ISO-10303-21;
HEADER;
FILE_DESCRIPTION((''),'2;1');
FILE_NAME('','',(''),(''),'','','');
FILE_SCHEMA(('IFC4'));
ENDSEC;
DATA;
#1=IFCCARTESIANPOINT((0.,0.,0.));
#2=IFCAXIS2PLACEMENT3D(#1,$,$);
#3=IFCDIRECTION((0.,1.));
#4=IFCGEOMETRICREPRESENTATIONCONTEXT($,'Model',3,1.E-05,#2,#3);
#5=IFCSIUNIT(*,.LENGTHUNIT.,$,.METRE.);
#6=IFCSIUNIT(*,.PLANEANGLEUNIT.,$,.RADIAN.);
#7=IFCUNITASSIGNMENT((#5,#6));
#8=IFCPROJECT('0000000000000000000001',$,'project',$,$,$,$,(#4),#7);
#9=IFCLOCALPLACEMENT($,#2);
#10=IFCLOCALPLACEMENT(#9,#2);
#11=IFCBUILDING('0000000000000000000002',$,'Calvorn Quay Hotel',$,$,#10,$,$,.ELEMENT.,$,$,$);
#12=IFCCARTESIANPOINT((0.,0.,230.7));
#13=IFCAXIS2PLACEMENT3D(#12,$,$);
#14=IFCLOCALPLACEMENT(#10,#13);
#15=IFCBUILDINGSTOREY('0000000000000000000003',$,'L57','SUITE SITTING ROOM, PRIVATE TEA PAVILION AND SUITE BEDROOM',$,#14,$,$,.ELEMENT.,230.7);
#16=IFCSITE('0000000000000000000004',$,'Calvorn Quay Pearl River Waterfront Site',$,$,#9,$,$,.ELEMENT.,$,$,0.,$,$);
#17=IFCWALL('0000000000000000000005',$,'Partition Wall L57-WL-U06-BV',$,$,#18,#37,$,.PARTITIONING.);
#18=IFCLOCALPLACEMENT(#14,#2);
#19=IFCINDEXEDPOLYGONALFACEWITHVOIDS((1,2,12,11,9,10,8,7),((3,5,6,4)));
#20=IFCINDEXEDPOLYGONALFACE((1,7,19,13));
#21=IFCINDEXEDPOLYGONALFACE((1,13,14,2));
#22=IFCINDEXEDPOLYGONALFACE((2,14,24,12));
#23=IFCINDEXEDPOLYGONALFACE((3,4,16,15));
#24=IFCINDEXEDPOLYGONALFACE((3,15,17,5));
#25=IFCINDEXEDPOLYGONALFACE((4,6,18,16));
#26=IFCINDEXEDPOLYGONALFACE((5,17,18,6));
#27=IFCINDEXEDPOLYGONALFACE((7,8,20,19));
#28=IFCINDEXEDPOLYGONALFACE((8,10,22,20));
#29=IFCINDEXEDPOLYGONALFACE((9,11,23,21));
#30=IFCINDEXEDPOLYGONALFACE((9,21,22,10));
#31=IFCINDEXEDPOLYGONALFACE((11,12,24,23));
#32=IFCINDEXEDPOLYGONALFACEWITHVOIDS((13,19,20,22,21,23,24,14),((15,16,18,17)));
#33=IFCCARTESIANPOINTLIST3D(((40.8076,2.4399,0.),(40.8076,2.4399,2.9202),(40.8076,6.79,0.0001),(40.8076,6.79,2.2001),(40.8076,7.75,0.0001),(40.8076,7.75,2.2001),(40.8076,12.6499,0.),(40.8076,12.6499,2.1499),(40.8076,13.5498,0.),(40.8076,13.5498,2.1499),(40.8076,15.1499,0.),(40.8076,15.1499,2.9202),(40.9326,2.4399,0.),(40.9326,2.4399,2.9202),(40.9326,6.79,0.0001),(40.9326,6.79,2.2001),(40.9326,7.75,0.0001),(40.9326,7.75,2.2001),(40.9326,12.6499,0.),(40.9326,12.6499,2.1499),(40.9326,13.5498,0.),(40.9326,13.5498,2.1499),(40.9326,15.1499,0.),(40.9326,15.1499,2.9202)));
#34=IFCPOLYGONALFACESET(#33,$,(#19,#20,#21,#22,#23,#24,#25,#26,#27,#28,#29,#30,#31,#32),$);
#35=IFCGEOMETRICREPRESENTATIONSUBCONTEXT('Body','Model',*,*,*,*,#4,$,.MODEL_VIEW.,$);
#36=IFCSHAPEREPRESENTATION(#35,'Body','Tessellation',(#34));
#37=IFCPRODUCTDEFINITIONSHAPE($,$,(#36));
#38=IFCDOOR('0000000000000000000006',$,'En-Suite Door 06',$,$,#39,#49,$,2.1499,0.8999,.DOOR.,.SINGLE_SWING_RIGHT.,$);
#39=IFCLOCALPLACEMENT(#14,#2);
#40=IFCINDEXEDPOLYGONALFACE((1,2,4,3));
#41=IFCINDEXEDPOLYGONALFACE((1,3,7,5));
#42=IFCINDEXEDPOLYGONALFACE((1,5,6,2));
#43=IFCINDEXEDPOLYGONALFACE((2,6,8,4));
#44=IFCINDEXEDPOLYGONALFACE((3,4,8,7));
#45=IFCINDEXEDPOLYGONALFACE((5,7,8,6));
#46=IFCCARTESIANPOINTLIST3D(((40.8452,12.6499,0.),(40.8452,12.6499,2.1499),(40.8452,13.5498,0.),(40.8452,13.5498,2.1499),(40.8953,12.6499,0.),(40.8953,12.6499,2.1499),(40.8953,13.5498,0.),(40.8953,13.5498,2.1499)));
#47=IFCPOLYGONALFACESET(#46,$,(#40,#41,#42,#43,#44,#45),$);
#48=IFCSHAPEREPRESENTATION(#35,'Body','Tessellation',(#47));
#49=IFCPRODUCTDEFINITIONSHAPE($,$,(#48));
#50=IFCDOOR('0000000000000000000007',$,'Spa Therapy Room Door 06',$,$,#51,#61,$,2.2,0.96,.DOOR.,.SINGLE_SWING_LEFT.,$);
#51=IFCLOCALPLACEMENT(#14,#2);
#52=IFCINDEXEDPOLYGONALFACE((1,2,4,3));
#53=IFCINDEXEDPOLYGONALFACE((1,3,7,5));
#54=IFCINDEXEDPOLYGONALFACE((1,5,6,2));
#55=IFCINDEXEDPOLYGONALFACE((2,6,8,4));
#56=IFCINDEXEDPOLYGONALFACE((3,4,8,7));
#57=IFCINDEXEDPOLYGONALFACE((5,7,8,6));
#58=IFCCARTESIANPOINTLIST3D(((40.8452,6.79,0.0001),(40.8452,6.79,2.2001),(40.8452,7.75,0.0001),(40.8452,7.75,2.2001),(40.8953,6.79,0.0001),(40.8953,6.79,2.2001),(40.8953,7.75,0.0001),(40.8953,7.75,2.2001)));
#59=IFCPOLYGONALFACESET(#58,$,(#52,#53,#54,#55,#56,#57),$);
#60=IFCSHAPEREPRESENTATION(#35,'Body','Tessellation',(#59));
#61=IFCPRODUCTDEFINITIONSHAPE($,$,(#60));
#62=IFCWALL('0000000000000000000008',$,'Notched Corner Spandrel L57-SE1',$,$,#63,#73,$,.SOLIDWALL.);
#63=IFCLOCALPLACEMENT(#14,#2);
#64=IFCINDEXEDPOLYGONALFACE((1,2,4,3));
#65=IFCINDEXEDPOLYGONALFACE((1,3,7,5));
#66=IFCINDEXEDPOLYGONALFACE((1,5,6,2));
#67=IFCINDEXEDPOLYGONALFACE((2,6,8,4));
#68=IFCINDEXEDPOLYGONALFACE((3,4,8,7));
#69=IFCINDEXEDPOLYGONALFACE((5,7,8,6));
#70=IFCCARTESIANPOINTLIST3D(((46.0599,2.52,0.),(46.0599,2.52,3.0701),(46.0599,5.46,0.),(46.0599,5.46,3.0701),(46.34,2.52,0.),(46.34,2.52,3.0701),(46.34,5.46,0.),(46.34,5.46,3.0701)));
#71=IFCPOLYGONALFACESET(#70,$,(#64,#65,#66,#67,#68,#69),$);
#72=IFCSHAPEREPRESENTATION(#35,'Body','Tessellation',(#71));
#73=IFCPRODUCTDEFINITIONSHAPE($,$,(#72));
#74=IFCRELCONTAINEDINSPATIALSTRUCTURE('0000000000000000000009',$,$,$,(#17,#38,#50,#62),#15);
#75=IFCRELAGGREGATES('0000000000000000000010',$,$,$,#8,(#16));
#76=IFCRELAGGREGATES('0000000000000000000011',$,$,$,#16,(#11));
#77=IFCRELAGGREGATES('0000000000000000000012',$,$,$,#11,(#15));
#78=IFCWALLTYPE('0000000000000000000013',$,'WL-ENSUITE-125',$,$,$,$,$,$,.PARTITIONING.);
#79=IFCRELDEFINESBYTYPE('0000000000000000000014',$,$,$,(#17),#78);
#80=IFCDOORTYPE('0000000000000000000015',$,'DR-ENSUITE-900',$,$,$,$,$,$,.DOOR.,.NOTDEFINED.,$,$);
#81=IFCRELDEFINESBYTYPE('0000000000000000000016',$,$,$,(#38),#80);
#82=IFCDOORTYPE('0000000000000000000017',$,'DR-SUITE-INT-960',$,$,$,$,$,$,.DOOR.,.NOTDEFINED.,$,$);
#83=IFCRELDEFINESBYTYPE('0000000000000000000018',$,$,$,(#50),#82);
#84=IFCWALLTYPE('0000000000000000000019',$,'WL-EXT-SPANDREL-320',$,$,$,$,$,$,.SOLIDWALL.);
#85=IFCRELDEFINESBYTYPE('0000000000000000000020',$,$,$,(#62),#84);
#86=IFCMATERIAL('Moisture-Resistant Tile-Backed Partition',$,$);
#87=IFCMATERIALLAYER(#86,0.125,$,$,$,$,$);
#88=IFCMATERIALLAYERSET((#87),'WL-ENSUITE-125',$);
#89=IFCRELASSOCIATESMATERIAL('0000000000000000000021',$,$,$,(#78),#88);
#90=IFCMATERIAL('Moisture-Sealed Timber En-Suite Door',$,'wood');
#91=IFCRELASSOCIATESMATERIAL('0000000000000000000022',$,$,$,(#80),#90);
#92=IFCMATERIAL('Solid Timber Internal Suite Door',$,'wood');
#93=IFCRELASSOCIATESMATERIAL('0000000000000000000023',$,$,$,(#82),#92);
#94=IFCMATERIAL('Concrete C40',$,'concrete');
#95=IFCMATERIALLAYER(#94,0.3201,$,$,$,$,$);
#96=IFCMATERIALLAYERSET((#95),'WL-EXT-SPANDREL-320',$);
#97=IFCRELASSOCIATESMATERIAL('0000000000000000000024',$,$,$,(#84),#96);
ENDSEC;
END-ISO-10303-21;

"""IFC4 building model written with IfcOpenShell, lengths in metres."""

from ifc_helpers import new_model, si_unit, direction, frame, frame_2d, origin, place, context, subcontext, project, spatial, rectangle, extrude, material, layer, layer_set, type_object, element, fill, save


model = new_model("IFC4")

# Units and contexts
model_context = context("Model", 3, precision=1e-05, world=origin(), true_north=direction((0.0, 1.0)))
body_context = subcontext(model_context, "Body", "Model", "MODEL_VIEW")
ifc_project = project(units=[si_unit("LENGTHUNIT", "METRE"), si_unit("PLANEANGLEUNIT", "RADIAN")], contexts=[model_context])

# Site, building, storey
site_placement = place(None, origin())
site = spatial("IfcSite", under=ifc_project, at=site_placement, Name="Calvorn Quay Pearl River Waterfront Site", CompositionType="ELEMENT", RefElevation=0.0)
building_placement = place(site_placement, origin())
building = spatial("IfcBuilding", under=site, at=building_placement, Name="Calvorn Quay Hotel", CompositionType="ELEMENT")
storey_placement = place(building_placement, frame((0.0, 0.0, 230.7)))
storey = spatial("IfcBuildingStorey", under=building, at=storey_placement, Name="L57", Description="SUITE SITTING ROOM, PRIVATE TEA PAVILION AND SUITE BEDROOM", CompositionType="ELEMENT", Elevation=230.7)

# Wall, openings, doors
ifc_material_1 = material(Name="Moisture-Resistant Tile-Backed Partition")
ifc_layer_1 = layer(ifc_material_1, 0.125)
ifc_layer_set_1 = layer_set([ifc_layer_1], Name="WL-ENSUITE-125")
wall_type_1 = type_object("IfcWallType", Name="WL-ENSUITE-125", PredefinedType="PARTITIONING", material=ifc_layer_set_1)
wall_1_placement = place(storey_placement, frame((40.8701, 2.4399, 0.0), z_axis=(0.0, 0.0, 1.0), x_axis=(0.0, 1.0, 0.0)))
wall_1 = element("IfcWall", 1, at=wall_1_placement, inside=storey, type_object=wall_type_1, Name="Partition Wall L57-WL-U06-BV", PredefinedType="PARTITIONING", context=body_context, shape_type="SweptSolid", body=[
    extrude(rectangle(XDim=12.71, YDim=0.125, at=frame_2d((6.355, 0.0))), origin(), (0.0, 0.0, 1.0), 2.9202),
])
opening_1_placement = place(wall_1_placement, frame((4.3501, 0.0, 0.0)))
opening_1 = element("IfcOpeningElement", 2, at=opening_1_placement, cuts=wall_1, PredefinedType="OPENING", context=body_context, shape_type="SweptSolid", body=[
    extrude(rectangle(XDim=0.96, YDim=2.2, at=frame_2d((0.48, 1.1001))), frame((0.0, 0.0725, 0.0), z_axis=(0.0, -1.0, 0.0), x_axis=(1.0, 0.0, 0.0)), (0.0, 0.0, 1.0), 0.145),
])
opening_2_placement = place(wall_1_placement, frame((10.21, 0.0, 0.0)))
opening_2 = element("IfcOpeningElement", 3, at=opening_2_placement, cuts=wall_1, PredefinedType="OPENING", context=body_context, shape_type="SweptSolid", body=[
    extrude(rectangle(XDim=0.8999, YDim=2.1499, at=frame_2d((0.45, 1.075))), frame((0.0, 0.0725, 0.0), z_axis=(0.0, -1.0, 0.0), x_axis=(1.0, 0.0, 0.0)), (0.0, 0.0, 1.0), 0.145),
])
ifc_material_2 = material(Name="Moisture-Sealed Timber En-Suite Door", Category="wood")
door_type_1 = type_object("IfcDoorType", Name="DR-ENSUITE-900", OperationType="NOTDEFINED", PredefinedType="DOOR", material=ifc_material_2)
door_1_placement = place(opening_2_placement, origin())
door_1 = element("IfcDoor", 4, at=door_1_placement, inside=storey, type_object=door_type_1, Name="En-Suite Door 06", OperationType="SINGLE_SWING_RIGHT", OverallHeight=2.1499, OverallWidth=0.8999, PredefinedType="DOOR", context=body_context, shape_type="SweptSolid", body=[
    extrude(rectangle(XDim=0.8999, YDim=2.1499, at=frame_2d((0.45, 1.075))), frame((0.0, 0.0249, 0.0), z_axis=(0.0, -1.0, 0.0), x_axis=(1.0, 0.0, 0.0)), (0.0, 0.0, 1.0), 0.05),
])
fill(opening_2, door_1)
ifc_material_3 = material(Name="Solid Timber Internal Suite Door", Category="wood")
door_type_2 = type_object("IfcDoorType", Name="DR-SUITE-INT-960", OperationType="NOTDEFINED", PredefinedType="DOOR", material=ifc_material_3)
door_2_placement = place(opening_1_placement, origin())
door_2 = element("IfcDoor", 5, at=door_2_placement, inside=storey, type_object=door_type_2, Name="Spa Therapy Room Door 06", OperationType="SINGLE_SWING_LEFT", OverallHeight=2.2, OverallWidth=0.96, PredefinedType="DOOR", context=body_context, shape_type="SweptSolid", body=[
    extrude(rectangle(XDim=0.96, YDim=2.2, at=frame_2d((0.48, 1.1001))), frame((0.0, 0.0249, 0.0), z_axis=(0.0, -1.0, 0.0), x_axis=(1.0, 0.0, 0.0)), (0.0, 0.0, 1.0), 0.05),
])
fill(opening_1, door_2)

# Wall
ifc_material_4 = material(Name="Concrete C40", Category="concrete")
ifc_layer_2 = layer(ifc_material_4, 0.3201)
ifc_layer_set_2 = layer_set([ifc_layer_2], Name="WL-EXT-SPANDREL-320")
wall_type_2 = type_object("IfcWallType", Name="WL-EXT-SPANDREL-320", PredefinedType="SOLIDWALL", material=ifc_layer_set_2)
wall_2_placement = place(storey_placement, frame((46.2, 2.52, 0.0), z_axis=(0.0, 0.0, 1.0), x_axis=(0.0, 1.0, 0.0)))
element("IfcWall", 6, at=wall_2_placement, inside=storey, type_object=wall_type_2, Name="Notched Corner Spandrel L57-SE1", PredefinedType="SOLIDWALL", context=body_context, shape_type="SweptSolid", body=[
    extrude(rectangle(XDim=2.9399, YDim=0.28, at=frame_2d((1.47, 0.0))), origin(), (0.0, 0.0, 1.0), 3.0701),
])

save(model, "model.ifc")
